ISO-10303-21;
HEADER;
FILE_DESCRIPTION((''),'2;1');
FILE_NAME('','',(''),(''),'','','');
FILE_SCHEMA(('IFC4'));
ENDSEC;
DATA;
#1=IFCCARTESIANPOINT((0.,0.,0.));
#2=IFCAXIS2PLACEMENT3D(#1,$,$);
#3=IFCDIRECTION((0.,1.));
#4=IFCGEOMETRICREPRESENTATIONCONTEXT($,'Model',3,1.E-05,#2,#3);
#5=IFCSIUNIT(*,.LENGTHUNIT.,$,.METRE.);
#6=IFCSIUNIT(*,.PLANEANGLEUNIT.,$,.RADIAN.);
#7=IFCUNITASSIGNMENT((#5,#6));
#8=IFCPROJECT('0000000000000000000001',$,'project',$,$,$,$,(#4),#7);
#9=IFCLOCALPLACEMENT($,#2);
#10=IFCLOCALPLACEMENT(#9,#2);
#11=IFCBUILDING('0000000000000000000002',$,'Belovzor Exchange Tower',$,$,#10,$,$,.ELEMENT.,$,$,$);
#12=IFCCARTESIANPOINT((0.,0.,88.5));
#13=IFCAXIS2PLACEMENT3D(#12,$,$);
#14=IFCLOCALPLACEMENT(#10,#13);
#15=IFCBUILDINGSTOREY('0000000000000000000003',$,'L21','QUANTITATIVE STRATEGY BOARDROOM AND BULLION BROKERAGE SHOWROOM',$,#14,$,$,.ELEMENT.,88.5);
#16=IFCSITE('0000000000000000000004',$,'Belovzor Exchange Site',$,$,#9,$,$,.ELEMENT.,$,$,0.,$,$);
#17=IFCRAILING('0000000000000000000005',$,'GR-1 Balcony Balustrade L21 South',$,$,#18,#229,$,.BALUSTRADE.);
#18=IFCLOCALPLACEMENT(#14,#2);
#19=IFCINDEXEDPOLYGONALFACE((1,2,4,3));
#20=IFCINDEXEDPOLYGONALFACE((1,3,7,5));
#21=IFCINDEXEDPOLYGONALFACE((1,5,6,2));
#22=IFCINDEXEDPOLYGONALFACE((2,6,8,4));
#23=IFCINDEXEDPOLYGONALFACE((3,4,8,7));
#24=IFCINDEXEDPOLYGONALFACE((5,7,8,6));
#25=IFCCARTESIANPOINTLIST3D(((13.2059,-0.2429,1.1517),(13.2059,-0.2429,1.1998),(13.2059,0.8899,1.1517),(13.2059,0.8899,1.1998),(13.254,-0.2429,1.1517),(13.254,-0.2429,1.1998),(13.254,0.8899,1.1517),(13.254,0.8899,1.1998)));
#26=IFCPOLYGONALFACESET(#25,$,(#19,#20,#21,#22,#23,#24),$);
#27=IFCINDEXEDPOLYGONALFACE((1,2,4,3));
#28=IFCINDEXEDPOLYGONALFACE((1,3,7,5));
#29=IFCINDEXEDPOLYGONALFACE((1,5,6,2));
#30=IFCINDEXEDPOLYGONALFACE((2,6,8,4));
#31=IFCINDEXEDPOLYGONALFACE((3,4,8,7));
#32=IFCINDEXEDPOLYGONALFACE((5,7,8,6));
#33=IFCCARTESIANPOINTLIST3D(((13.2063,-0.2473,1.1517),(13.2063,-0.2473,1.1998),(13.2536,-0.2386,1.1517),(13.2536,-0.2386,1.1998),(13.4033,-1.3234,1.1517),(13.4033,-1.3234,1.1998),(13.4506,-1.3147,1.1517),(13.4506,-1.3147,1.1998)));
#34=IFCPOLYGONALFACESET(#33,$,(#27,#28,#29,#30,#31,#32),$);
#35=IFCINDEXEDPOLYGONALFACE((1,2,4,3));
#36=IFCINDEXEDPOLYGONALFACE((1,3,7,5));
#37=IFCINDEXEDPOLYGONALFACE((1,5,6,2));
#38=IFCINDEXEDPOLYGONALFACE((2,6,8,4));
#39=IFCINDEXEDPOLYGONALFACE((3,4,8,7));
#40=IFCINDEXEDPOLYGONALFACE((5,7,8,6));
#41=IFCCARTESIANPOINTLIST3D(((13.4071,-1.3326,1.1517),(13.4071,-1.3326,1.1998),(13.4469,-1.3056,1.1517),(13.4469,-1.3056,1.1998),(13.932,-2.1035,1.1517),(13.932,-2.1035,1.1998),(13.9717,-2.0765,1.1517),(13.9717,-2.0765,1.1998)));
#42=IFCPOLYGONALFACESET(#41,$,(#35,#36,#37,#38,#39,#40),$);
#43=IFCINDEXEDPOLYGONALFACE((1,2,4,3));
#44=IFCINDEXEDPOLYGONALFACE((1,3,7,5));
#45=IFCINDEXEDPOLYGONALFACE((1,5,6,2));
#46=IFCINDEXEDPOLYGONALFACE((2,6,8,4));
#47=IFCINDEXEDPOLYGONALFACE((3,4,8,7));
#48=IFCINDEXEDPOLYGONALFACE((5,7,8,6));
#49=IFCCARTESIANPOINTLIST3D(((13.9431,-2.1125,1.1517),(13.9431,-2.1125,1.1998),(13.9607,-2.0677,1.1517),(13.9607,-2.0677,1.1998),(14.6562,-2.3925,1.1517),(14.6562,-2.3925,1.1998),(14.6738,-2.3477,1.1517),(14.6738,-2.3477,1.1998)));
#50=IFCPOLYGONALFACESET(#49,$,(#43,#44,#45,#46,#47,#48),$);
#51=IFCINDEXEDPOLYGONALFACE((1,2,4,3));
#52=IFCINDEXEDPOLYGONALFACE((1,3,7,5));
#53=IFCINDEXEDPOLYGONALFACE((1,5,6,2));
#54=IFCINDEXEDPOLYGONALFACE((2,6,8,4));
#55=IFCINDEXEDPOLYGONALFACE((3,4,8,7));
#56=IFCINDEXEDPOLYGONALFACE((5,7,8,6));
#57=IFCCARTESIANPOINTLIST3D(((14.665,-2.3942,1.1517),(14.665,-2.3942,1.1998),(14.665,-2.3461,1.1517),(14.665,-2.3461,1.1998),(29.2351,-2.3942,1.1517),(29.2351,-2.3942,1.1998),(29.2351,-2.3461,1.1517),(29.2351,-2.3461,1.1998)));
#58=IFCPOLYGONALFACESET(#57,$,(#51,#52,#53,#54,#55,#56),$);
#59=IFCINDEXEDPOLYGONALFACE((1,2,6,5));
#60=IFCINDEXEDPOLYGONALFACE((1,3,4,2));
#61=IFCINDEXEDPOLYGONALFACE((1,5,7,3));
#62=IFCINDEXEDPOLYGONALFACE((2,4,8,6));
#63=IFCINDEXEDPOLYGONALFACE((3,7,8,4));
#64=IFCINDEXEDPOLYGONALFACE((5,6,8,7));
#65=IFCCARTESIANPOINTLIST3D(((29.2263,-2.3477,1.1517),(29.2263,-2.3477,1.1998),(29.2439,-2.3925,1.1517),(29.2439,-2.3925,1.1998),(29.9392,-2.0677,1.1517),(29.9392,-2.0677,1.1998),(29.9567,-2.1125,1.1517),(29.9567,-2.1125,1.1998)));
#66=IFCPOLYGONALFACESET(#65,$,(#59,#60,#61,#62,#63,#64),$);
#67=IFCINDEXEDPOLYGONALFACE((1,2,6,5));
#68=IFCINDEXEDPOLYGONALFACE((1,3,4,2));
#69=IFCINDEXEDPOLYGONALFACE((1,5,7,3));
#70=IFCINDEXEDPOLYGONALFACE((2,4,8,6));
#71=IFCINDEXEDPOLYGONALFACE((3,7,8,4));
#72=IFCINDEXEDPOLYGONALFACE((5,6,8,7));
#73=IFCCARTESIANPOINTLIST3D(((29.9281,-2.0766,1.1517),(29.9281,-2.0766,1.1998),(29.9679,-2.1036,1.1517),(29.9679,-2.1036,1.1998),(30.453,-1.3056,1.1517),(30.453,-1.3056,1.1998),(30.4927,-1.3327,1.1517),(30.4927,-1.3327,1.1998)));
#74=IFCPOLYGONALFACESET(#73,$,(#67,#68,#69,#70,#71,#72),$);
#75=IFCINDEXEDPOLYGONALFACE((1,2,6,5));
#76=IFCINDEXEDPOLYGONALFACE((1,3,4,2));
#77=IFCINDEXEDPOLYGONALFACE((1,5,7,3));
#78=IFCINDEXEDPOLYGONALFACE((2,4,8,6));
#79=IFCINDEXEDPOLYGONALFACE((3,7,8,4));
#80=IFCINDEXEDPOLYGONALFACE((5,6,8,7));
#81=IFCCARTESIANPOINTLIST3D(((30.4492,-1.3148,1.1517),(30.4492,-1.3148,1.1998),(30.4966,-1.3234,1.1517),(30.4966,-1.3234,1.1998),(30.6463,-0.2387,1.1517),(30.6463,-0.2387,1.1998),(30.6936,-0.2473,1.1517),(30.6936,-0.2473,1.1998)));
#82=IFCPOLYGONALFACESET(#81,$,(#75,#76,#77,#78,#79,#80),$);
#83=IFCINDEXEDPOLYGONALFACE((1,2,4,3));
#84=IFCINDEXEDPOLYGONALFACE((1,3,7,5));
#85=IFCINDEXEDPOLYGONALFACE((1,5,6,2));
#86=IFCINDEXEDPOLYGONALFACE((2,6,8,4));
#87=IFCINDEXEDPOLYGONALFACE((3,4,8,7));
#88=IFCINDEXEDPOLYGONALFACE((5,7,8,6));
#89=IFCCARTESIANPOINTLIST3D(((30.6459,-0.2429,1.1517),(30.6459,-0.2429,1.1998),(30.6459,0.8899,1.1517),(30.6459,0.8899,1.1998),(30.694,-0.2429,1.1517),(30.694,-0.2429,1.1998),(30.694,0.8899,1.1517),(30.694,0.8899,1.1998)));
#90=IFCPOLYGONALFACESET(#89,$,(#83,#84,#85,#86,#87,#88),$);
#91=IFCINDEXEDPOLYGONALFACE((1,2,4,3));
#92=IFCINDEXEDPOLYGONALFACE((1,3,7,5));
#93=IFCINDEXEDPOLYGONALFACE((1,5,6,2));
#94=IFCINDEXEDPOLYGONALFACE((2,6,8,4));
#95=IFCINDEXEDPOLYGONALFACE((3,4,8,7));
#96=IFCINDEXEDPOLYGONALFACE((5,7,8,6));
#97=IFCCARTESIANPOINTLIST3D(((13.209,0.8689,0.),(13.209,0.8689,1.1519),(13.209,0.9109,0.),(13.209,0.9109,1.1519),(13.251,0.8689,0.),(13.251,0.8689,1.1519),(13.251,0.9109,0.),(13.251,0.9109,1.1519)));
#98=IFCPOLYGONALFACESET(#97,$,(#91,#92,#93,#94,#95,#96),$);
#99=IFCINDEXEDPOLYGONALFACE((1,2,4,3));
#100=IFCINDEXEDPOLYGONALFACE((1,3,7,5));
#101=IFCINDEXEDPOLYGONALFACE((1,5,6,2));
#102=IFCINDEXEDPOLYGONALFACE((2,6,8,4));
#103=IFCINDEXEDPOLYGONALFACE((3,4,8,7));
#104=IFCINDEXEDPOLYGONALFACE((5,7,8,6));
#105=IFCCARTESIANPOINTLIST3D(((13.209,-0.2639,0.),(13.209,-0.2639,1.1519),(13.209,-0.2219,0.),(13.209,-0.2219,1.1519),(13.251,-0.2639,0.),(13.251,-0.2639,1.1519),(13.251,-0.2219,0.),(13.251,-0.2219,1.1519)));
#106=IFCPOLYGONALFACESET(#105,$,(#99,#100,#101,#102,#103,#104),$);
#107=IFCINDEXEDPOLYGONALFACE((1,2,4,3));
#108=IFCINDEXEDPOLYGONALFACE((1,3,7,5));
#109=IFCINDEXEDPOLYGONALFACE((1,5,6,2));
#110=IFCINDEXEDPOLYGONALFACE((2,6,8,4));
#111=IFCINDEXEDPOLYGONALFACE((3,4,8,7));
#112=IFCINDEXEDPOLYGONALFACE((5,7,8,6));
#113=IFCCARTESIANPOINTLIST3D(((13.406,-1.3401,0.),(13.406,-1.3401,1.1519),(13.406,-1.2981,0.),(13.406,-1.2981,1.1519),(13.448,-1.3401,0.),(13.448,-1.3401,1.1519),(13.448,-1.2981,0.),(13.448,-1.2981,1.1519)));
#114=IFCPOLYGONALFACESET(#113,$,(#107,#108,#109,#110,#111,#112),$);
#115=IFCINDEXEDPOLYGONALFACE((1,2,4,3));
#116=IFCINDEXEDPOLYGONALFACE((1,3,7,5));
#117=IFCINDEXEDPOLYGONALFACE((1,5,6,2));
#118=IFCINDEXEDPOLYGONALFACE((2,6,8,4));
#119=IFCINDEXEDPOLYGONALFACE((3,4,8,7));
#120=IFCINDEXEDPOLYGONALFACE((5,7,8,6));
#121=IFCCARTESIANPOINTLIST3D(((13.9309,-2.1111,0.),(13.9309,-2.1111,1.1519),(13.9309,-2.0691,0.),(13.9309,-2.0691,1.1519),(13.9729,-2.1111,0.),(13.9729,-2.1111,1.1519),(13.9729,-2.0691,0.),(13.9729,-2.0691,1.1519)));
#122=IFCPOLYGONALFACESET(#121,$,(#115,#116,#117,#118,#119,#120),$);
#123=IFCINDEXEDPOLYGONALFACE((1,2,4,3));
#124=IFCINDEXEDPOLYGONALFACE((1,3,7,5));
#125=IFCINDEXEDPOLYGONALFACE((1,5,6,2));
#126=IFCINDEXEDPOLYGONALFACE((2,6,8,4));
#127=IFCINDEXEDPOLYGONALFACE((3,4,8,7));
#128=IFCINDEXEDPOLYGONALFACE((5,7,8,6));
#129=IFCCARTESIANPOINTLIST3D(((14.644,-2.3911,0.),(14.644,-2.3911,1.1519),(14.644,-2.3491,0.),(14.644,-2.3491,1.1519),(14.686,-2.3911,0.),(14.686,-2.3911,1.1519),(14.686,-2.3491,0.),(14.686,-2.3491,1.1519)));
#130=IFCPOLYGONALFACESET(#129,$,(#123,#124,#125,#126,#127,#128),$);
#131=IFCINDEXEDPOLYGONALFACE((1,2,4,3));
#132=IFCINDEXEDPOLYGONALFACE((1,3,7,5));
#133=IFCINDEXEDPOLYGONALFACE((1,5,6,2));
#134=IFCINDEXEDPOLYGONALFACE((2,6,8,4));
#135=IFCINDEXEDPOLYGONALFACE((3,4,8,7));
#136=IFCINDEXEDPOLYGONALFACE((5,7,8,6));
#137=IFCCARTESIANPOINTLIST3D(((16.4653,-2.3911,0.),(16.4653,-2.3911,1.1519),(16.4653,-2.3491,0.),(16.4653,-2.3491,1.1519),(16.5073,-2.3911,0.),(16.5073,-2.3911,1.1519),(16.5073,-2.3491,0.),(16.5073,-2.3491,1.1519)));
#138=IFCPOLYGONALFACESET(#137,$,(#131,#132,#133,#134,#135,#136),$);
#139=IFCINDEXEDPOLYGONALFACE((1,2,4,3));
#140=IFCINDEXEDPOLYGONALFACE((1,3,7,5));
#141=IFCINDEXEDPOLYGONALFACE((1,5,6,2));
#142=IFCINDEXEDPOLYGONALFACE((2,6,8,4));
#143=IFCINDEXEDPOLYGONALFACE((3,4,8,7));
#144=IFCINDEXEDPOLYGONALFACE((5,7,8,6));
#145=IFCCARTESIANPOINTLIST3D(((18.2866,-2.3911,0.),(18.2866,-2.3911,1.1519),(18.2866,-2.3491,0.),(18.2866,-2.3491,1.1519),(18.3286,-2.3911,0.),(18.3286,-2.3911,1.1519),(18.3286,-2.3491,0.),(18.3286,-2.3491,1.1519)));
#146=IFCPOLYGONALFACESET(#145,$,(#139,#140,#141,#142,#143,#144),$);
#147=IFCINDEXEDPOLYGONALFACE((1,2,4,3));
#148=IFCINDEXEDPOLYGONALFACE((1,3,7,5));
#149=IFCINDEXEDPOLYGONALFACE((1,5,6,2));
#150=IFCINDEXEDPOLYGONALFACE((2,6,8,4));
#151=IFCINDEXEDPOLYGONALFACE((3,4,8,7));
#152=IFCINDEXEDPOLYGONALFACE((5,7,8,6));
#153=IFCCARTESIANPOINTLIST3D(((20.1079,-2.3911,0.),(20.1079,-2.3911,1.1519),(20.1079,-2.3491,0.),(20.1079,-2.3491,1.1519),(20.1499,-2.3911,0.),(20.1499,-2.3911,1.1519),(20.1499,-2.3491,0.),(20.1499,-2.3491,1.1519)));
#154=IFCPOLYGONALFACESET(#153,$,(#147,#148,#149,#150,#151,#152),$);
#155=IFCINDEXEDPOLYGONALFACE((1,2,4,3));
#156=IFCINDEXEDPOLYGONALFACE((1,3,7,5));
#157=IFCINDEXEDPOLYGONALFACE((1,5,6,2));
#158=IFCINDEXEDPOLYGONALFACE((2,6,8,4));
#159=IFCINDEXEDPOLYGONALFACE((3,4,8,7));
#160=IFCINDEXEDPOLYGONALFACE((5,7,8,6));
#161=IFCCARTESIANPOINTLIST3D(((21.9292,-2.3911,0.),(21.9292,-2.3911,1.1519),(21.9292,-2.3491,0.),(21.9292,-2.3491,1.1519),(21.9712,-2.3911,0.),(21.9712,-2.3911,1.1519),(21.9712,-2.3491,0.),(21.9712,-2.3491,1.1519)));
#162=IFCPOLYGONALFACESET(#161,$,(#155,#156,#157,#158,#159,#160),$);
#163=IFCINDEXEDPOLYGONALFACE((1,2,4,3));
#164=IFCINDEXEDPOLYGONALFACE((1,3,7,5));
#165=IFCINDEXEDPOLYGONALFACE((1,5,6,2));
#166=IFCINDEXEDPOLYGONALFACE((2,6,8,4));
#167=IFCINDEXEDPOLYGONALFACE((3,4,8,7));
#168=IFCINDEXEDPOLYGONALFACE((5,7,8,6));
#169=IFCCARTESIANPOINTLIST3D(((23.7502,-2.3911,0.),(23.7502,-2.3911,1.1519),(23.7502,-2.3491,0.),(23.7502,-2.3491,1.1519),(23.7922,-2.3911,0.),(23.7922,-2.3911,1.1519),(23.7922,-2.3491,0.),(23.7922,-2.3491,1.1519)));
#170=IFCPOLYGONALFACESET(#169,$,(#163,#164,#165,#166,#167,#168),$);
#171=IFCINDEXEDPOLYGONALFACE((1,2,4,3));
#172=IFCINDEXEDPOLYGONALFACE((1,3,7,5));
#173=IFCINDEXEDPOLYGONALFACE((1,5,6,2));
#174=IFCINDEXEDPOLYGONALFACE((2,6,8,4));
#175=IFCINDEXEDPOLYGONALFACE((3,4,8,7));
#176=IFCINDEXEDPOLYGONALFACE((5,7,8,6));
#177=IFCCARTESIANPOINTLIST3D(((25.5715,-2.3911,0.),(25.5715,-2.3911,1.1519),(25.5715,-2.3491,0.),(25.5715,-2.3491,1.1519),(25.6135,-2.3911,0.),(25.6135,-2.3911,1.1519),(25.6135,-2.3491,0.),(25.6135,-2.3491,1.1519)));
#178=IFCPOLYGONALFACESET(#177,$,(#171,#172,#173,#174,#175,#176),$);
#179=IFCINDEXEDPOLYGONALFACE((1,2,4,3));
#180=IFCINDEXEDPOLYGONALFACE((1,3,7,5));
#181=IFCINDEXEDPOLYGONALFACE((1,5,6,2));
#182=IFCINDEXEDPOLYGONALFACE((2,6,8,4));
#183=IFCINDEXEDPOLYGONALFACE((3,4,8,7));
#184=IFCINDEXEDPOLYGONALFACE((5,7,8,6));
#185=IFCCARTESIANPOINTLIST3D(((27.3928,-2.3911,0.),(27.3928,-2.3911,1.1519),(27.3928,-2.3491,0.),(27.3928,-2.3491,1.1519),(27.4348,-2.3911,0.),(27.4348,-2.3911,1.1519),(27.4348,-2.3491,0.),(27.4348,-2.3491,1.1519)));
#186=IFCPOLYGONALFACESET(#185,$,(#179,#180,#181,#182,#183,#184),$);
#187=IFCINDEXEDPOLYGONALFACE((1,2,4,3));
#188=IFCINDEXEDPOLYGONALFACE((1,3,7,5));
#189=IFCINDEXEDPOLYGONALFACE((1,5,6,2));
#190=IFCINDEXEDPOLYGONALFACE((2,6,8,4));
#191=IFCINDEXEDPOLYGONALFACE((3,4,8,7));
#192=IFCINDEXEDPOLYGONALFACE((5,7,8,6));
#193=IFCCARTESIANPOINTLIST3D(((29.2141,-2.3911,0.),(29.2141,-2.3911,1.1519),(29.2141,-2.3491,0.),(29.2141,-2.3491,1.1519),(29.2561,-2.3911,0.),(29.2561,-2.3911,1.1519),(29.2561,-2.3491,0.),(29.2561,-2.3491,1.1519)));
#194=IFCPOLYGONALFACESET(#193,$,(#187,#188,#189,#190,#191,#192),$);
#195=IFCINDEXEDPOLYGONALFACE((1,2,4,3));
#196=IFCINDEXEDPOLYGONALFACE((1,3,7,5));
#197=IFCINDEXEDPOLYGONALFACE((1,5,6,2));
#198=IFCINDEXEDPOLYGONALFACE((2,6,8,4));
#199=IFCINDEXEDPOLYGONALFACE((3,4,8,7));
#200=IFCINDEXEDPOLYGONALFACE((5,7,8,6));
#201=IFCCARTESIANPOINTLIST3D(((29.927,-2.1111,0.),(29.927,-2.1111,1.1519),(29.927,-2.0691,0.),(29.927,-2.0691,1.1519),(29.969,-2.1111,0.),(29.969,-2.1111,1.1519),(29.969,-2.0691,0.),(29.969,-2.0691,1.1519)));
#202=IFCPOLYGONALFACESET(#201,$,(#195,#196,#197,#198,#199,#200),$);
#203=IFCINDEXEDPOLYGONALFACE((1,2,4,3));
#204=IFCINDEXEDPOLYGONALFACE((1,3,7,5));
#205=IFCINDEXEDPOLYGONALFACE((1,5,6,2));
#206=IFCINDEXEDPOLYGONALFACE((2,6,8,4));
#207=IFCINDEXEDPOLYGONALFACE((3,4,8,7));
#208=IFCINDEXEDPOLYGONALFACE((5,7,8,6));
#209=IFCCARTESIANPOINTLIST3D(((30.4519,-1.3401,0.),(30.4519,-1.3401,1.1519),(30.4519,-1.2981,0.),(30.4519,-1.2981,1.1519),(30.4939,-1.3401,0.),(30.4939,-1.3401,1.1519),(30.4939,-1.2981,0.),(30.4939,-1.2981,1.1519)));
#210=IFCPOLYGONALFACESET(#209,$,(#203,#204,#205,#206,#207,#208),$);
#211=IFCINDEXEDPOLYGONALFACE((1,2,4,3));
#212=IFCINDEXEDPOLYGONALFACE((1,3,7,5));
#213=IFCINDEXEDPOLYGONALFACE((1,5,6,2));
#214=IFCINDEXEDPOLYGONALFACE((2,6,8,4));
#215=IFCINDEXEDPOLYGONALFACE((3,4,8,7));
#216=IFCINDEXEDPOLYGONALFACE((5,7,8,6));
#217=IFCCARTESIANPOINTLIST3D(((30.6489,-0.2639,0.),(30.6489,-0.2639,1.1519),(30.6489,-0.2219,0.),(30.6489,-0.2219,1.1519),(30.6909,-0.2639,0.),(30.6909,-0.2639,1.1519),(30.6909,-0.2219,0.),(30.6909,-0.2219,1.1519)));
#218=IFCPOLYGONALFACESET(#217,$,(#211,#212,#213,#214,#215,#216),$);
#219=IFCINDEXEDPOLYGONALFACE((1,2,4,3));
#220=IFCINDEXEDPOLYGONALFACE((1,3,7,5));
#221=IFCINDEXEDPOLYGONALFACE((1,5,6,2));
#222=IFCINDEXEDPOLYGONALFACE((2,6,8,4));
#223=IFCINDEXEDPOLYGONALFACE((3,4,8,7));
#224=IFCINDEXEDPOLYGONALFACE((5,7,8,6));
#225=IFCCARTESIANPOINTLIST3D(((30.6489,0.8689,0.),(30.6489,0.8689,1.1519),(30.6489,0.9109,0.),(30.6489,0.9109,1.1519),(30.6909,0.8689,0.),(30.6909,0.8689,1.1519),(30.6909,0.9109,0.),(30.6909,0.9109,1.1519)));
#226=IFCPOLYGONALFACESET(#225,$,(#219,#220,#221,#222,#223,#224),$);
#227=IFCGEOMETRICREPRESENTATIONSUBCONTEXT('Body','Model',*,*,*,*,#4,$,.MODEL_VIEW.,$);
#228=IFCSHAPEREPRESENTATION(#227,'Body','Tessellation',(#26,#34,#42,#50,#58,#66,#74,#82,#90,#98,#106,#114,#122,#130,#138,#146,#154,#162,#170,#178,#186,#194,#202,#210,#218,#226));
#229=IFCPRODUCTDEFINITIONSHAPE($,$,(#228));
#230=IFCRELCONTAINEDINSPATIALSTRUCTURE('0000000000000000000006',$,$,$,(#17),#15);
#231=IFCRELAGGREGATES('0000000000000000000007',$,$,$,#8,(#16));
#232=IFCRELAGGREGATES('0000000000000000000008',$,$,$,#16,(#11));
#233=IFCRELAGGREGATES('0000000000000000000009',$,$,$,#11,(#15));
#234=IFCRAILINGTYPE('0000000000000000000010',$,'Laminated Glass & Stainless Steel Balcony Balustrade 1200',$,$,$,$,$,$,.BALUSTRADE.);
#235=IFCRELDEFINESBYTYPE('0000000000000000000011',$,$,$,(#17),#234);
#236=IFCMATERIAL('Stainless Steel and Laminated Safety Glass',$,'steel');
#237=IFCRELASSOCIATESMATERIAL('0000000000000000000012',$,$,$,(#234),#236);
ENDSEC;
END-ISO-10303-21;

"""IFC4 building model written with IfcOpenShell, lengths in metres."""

from ifc_helpers import new_model, si_unit, direction, frame, origin, origin_2d, place, context, subcontext, project, spatial, rectangle, extrude, material, type_object, element, save


model = new_model("IFC4")

# Units and contexts
model_context = context("Model", 3, precision=1e-05, world=origin(), true_north=direction((0.0, 1.0)))
body_context = subcontext(model_context, "Body", "Model", "MODEL_VIEW")
ifc_project = project(units=[si_unit("LENGTHUNIT", "METRE"), si_unit("PLANEANGLEUNIT", "RADIAN")], contexts=[model_context])

# Site, building, storey
site_placement = place(None, origin())
site = spatial("IfcSite", under=ifc_project, at=site_placement, Name="Belovzor Exchange Site", CompositionType="ELEMENT", RefElevation=0.0)
building_placement = place(site_placement, origin())
building = spatial("IfcBuilding", under=site, at=building_placement, Name="Belovzor Exchange Tower", CompositionType="ELEMENT")
storey_placement = place(building_placement, frame((0.0, 0.0, 88.5)))
storey = spatial("IfcBuildingStorey", under=building, at=storey_placement, Name="L21", Description="QUANTITATIVE STRATEGY BOARDROOM AND BULLION BROKERAGE SHOWROOM", CompositionType="ELEMENT", Elevation=88.5)

# Railing
ifc_material_1 = material(Name="Stainless Steel and Laminated Safety Glass", Category="steel")
railing_type = type_object("IfcRailingType", Name="Laminated Glass & Stainless Steel Balcony Balustrade 1200", PredefinedType="BALUSTRADE", material=ifc_material_1)
railing_placement = place(storey_placement, frame((13.23, 0.8899, 0.0)))
element("IfcRailing", 1, at=railing_placement, inside=storey, type_object=railing_type, Name="GR-1 Balcony Balustrade L21 South", PredefinedType="BALUSTRADE", context=body_context, shape_type="SweptSolid", body=[
    extrude(rectangle(XDim=0.0481, YDim=0.0481, at=origin_2d()), frame((0.0, 0.0, 1.1758), z_axis=(0.0, -1.0, 0.0), x_axis=(1.0, 0.0, 0.0)), (0.0, 0.0, 1.0), 1.1328),
    extrude(rectangle(XDim=0.0481, YDim=0.0481, at=origin_2d()), frame((0.0, -1.1328, 1.1758), z_axis=(0.180083, -0.983651, 0.0), x_axis=(0.983651, 0.180083, 0.0)), (0.0, 0.0, 1.0), 1.094),
    extrude(rectangle(XDim=0.0481, YDim=0.0481, at=origin_2d()), frame((0.197, -2.209, 1.1758), z_axis=(0.562768, -0.826615, 0.0), x_axis=(0.826615, 0.562768, 0.0)), (0.0, 0.0, 1.0), 0.9326),
    extrude(rectangle(XDim=0.0481, YDim=0.0481, at=origin_2d()), frame((0.7219, -2.98, 1.1758), z_axis=(0.93081, -0.365504, 0.0), x_axis=(0.365504, 0.93081, 0.0)), (0.0, 0.0, 1.0), 0.7661),
    extrude(rectangle(XDim=0.0481, YDim=0.0481, at=origin_2d()), frame((1.4351, -3.26, 1.1758), z_axis=(1.0, 0.0, 0.0), x_axis=(0.0, 1.0, 0.0)), (0.0, 0.0, 1.0), 14.5701),
    extrude(rectangle(XDim=0.0481, YDim=0.0481, at=origin_2d()), frame((16.0051, -3.26, 1.1758), z_axis=(0.930767, 0.365613, 0.0), x_axis=(-0.365613, 0.930767, 0.0)), (0.0, 0.0, 1.0), 0.7659),
    extrude(rectangle(XDim=0.0481, YDim=0.0481, at=origin_2d()), frame((16.718, -2.98, 1.1758), z_axis=(0.562768, 0.826615, 0.0), x_axis=(-0.826615, 0.562768, 0.0)), (0.0, 0.0, 1.0), 0.9326),
    extrude(rectangle(XDim=0.0481, YDim=0.0481, at=origin_2d()), frame((17.2429, -2.209, 1.1758), z_axis=(0.180083, 0.983651, 0.0), x_axis=(-0.983651, 0.180083, 0.0)), (0.0, 0.0, 1.0), 1.094),
    extrude(rectangle(XDim=0.0481, YDim=0.0481, at=origin_2d()), frame((17.4399, -1.1328, 1.1758), z_axis=(0.0, 1.0, 0.0), x_axis=(-1.0, 0.0, 0.0)), (0.0, 0.0, 1.0), 1.1328),
    extrude(rectangle(XDim=0.042, YDim=0.042, at=origin_2d()), origin(), (0.0, 0.0, 1.0), 1.1519),
    extrude(rectangle(XDim=0.042, YDim=0.042, at=origin_2d()), frame((0.0, -1.1328, 0.0)), (0.0, 0.0, 1.0), 1.1519),
    extrude(rectangle(XDim=0.042, YDim=0.042, at=origin_2d()), frame((0.197, -2.209, 0.0)), (0.0, 0.0, 1.0), 1.1519),
    extrude(rectangle(XDim=0.042, YDim=0.042, at=origin_2d()), frame((0.7219, -2.98, 0.0)), (0.0, 0.0, 1.0), 1.1519),
    extrude(rectangle(XDim=0.042, YDim=0.042, at=origin_2d()), frame((1.4351, -3.26, 0.0)), (0.0, 0.0, 1.0), 1.1519),
    extrude(rectangle(XDim=0.042, YDim=0.042, at=origin_2d()), frame((3.2563, -3.26, 0.0)), (0.0, 0.0, 1.0), 1.1519),
    extrude(rectangle(XDim=0.042, YDim=0.042, at=origin_2d()), frame((5.0776, -3.26, 0.0)), (0.0, 0.0, 1.0), 1.1519),
    extrude(rectangle(XDim=0.042, YDim=0.042, at=origin_2d()), frame((6.8989, -3.26, 0.0)), (0.0, 0.0, 1.0), 1.1519),
    extrude(rectangle(XDim=0.042, YDim=0.042, at=origin_2d()), frame((8.7202, -3.26, 0.0)), (0.0, 0.0, 1.0), 1.1519),
    extrude(rectangle(XDim=0.042, YDim=0.042, at=origin_2d()), frame((10.5413, -3.26, 0.0)), (0.0, 0.0, 1.0), 1.1519),
    extrude(rectangle(XDim=0.042, YDim=0.042, at=origin_2d()), frame((12.3625, -3.26, 0.0)), (0.0, 0.0, 1.0), 1.1519),
    extrude(rectangle(XDim=0.042, YDim=0.042, at=origin_2d()), frame((14.1838, -3.26, 0.0)), (0.0, 0.0, 1.0), 1.1519),
    extrude(rectangle(XDim=0.042, YDim=0.042, at=origin_2d()), frame((16.0051, -3.26, 0.0)), (0.0, 0.0, 1.0), 1.1519),
    extrude(rectangle(XDim=0.042, YDim=0.042, at=origin_2d()), frame((16.718, -2.98, 0.0)), (0.0, 0.0, 1.0), 1.1519),
    extrude(rectangle(XDim=0.042, YDim=0.042, at=origin_2d()), frame((17.2429, -2.209, 0.0)), (0.0, 0.0, 1.0), 1.1519),
    extrude(rectangle(XDim=0.042, YDim=0.042, at=origin_2d()), frame((17.4399, -1.1328, 0.0)), (0.0, 0.0, 1.0), 1.1519),
    extrude(rectangle(XDim=0.042, YDim=0.042, at=origin_2d()), frame((17.4399, 0.0, 0.0)), (0.0, 0.0, 1.0), 1.1519),
])

save(model, "model.ifc")
